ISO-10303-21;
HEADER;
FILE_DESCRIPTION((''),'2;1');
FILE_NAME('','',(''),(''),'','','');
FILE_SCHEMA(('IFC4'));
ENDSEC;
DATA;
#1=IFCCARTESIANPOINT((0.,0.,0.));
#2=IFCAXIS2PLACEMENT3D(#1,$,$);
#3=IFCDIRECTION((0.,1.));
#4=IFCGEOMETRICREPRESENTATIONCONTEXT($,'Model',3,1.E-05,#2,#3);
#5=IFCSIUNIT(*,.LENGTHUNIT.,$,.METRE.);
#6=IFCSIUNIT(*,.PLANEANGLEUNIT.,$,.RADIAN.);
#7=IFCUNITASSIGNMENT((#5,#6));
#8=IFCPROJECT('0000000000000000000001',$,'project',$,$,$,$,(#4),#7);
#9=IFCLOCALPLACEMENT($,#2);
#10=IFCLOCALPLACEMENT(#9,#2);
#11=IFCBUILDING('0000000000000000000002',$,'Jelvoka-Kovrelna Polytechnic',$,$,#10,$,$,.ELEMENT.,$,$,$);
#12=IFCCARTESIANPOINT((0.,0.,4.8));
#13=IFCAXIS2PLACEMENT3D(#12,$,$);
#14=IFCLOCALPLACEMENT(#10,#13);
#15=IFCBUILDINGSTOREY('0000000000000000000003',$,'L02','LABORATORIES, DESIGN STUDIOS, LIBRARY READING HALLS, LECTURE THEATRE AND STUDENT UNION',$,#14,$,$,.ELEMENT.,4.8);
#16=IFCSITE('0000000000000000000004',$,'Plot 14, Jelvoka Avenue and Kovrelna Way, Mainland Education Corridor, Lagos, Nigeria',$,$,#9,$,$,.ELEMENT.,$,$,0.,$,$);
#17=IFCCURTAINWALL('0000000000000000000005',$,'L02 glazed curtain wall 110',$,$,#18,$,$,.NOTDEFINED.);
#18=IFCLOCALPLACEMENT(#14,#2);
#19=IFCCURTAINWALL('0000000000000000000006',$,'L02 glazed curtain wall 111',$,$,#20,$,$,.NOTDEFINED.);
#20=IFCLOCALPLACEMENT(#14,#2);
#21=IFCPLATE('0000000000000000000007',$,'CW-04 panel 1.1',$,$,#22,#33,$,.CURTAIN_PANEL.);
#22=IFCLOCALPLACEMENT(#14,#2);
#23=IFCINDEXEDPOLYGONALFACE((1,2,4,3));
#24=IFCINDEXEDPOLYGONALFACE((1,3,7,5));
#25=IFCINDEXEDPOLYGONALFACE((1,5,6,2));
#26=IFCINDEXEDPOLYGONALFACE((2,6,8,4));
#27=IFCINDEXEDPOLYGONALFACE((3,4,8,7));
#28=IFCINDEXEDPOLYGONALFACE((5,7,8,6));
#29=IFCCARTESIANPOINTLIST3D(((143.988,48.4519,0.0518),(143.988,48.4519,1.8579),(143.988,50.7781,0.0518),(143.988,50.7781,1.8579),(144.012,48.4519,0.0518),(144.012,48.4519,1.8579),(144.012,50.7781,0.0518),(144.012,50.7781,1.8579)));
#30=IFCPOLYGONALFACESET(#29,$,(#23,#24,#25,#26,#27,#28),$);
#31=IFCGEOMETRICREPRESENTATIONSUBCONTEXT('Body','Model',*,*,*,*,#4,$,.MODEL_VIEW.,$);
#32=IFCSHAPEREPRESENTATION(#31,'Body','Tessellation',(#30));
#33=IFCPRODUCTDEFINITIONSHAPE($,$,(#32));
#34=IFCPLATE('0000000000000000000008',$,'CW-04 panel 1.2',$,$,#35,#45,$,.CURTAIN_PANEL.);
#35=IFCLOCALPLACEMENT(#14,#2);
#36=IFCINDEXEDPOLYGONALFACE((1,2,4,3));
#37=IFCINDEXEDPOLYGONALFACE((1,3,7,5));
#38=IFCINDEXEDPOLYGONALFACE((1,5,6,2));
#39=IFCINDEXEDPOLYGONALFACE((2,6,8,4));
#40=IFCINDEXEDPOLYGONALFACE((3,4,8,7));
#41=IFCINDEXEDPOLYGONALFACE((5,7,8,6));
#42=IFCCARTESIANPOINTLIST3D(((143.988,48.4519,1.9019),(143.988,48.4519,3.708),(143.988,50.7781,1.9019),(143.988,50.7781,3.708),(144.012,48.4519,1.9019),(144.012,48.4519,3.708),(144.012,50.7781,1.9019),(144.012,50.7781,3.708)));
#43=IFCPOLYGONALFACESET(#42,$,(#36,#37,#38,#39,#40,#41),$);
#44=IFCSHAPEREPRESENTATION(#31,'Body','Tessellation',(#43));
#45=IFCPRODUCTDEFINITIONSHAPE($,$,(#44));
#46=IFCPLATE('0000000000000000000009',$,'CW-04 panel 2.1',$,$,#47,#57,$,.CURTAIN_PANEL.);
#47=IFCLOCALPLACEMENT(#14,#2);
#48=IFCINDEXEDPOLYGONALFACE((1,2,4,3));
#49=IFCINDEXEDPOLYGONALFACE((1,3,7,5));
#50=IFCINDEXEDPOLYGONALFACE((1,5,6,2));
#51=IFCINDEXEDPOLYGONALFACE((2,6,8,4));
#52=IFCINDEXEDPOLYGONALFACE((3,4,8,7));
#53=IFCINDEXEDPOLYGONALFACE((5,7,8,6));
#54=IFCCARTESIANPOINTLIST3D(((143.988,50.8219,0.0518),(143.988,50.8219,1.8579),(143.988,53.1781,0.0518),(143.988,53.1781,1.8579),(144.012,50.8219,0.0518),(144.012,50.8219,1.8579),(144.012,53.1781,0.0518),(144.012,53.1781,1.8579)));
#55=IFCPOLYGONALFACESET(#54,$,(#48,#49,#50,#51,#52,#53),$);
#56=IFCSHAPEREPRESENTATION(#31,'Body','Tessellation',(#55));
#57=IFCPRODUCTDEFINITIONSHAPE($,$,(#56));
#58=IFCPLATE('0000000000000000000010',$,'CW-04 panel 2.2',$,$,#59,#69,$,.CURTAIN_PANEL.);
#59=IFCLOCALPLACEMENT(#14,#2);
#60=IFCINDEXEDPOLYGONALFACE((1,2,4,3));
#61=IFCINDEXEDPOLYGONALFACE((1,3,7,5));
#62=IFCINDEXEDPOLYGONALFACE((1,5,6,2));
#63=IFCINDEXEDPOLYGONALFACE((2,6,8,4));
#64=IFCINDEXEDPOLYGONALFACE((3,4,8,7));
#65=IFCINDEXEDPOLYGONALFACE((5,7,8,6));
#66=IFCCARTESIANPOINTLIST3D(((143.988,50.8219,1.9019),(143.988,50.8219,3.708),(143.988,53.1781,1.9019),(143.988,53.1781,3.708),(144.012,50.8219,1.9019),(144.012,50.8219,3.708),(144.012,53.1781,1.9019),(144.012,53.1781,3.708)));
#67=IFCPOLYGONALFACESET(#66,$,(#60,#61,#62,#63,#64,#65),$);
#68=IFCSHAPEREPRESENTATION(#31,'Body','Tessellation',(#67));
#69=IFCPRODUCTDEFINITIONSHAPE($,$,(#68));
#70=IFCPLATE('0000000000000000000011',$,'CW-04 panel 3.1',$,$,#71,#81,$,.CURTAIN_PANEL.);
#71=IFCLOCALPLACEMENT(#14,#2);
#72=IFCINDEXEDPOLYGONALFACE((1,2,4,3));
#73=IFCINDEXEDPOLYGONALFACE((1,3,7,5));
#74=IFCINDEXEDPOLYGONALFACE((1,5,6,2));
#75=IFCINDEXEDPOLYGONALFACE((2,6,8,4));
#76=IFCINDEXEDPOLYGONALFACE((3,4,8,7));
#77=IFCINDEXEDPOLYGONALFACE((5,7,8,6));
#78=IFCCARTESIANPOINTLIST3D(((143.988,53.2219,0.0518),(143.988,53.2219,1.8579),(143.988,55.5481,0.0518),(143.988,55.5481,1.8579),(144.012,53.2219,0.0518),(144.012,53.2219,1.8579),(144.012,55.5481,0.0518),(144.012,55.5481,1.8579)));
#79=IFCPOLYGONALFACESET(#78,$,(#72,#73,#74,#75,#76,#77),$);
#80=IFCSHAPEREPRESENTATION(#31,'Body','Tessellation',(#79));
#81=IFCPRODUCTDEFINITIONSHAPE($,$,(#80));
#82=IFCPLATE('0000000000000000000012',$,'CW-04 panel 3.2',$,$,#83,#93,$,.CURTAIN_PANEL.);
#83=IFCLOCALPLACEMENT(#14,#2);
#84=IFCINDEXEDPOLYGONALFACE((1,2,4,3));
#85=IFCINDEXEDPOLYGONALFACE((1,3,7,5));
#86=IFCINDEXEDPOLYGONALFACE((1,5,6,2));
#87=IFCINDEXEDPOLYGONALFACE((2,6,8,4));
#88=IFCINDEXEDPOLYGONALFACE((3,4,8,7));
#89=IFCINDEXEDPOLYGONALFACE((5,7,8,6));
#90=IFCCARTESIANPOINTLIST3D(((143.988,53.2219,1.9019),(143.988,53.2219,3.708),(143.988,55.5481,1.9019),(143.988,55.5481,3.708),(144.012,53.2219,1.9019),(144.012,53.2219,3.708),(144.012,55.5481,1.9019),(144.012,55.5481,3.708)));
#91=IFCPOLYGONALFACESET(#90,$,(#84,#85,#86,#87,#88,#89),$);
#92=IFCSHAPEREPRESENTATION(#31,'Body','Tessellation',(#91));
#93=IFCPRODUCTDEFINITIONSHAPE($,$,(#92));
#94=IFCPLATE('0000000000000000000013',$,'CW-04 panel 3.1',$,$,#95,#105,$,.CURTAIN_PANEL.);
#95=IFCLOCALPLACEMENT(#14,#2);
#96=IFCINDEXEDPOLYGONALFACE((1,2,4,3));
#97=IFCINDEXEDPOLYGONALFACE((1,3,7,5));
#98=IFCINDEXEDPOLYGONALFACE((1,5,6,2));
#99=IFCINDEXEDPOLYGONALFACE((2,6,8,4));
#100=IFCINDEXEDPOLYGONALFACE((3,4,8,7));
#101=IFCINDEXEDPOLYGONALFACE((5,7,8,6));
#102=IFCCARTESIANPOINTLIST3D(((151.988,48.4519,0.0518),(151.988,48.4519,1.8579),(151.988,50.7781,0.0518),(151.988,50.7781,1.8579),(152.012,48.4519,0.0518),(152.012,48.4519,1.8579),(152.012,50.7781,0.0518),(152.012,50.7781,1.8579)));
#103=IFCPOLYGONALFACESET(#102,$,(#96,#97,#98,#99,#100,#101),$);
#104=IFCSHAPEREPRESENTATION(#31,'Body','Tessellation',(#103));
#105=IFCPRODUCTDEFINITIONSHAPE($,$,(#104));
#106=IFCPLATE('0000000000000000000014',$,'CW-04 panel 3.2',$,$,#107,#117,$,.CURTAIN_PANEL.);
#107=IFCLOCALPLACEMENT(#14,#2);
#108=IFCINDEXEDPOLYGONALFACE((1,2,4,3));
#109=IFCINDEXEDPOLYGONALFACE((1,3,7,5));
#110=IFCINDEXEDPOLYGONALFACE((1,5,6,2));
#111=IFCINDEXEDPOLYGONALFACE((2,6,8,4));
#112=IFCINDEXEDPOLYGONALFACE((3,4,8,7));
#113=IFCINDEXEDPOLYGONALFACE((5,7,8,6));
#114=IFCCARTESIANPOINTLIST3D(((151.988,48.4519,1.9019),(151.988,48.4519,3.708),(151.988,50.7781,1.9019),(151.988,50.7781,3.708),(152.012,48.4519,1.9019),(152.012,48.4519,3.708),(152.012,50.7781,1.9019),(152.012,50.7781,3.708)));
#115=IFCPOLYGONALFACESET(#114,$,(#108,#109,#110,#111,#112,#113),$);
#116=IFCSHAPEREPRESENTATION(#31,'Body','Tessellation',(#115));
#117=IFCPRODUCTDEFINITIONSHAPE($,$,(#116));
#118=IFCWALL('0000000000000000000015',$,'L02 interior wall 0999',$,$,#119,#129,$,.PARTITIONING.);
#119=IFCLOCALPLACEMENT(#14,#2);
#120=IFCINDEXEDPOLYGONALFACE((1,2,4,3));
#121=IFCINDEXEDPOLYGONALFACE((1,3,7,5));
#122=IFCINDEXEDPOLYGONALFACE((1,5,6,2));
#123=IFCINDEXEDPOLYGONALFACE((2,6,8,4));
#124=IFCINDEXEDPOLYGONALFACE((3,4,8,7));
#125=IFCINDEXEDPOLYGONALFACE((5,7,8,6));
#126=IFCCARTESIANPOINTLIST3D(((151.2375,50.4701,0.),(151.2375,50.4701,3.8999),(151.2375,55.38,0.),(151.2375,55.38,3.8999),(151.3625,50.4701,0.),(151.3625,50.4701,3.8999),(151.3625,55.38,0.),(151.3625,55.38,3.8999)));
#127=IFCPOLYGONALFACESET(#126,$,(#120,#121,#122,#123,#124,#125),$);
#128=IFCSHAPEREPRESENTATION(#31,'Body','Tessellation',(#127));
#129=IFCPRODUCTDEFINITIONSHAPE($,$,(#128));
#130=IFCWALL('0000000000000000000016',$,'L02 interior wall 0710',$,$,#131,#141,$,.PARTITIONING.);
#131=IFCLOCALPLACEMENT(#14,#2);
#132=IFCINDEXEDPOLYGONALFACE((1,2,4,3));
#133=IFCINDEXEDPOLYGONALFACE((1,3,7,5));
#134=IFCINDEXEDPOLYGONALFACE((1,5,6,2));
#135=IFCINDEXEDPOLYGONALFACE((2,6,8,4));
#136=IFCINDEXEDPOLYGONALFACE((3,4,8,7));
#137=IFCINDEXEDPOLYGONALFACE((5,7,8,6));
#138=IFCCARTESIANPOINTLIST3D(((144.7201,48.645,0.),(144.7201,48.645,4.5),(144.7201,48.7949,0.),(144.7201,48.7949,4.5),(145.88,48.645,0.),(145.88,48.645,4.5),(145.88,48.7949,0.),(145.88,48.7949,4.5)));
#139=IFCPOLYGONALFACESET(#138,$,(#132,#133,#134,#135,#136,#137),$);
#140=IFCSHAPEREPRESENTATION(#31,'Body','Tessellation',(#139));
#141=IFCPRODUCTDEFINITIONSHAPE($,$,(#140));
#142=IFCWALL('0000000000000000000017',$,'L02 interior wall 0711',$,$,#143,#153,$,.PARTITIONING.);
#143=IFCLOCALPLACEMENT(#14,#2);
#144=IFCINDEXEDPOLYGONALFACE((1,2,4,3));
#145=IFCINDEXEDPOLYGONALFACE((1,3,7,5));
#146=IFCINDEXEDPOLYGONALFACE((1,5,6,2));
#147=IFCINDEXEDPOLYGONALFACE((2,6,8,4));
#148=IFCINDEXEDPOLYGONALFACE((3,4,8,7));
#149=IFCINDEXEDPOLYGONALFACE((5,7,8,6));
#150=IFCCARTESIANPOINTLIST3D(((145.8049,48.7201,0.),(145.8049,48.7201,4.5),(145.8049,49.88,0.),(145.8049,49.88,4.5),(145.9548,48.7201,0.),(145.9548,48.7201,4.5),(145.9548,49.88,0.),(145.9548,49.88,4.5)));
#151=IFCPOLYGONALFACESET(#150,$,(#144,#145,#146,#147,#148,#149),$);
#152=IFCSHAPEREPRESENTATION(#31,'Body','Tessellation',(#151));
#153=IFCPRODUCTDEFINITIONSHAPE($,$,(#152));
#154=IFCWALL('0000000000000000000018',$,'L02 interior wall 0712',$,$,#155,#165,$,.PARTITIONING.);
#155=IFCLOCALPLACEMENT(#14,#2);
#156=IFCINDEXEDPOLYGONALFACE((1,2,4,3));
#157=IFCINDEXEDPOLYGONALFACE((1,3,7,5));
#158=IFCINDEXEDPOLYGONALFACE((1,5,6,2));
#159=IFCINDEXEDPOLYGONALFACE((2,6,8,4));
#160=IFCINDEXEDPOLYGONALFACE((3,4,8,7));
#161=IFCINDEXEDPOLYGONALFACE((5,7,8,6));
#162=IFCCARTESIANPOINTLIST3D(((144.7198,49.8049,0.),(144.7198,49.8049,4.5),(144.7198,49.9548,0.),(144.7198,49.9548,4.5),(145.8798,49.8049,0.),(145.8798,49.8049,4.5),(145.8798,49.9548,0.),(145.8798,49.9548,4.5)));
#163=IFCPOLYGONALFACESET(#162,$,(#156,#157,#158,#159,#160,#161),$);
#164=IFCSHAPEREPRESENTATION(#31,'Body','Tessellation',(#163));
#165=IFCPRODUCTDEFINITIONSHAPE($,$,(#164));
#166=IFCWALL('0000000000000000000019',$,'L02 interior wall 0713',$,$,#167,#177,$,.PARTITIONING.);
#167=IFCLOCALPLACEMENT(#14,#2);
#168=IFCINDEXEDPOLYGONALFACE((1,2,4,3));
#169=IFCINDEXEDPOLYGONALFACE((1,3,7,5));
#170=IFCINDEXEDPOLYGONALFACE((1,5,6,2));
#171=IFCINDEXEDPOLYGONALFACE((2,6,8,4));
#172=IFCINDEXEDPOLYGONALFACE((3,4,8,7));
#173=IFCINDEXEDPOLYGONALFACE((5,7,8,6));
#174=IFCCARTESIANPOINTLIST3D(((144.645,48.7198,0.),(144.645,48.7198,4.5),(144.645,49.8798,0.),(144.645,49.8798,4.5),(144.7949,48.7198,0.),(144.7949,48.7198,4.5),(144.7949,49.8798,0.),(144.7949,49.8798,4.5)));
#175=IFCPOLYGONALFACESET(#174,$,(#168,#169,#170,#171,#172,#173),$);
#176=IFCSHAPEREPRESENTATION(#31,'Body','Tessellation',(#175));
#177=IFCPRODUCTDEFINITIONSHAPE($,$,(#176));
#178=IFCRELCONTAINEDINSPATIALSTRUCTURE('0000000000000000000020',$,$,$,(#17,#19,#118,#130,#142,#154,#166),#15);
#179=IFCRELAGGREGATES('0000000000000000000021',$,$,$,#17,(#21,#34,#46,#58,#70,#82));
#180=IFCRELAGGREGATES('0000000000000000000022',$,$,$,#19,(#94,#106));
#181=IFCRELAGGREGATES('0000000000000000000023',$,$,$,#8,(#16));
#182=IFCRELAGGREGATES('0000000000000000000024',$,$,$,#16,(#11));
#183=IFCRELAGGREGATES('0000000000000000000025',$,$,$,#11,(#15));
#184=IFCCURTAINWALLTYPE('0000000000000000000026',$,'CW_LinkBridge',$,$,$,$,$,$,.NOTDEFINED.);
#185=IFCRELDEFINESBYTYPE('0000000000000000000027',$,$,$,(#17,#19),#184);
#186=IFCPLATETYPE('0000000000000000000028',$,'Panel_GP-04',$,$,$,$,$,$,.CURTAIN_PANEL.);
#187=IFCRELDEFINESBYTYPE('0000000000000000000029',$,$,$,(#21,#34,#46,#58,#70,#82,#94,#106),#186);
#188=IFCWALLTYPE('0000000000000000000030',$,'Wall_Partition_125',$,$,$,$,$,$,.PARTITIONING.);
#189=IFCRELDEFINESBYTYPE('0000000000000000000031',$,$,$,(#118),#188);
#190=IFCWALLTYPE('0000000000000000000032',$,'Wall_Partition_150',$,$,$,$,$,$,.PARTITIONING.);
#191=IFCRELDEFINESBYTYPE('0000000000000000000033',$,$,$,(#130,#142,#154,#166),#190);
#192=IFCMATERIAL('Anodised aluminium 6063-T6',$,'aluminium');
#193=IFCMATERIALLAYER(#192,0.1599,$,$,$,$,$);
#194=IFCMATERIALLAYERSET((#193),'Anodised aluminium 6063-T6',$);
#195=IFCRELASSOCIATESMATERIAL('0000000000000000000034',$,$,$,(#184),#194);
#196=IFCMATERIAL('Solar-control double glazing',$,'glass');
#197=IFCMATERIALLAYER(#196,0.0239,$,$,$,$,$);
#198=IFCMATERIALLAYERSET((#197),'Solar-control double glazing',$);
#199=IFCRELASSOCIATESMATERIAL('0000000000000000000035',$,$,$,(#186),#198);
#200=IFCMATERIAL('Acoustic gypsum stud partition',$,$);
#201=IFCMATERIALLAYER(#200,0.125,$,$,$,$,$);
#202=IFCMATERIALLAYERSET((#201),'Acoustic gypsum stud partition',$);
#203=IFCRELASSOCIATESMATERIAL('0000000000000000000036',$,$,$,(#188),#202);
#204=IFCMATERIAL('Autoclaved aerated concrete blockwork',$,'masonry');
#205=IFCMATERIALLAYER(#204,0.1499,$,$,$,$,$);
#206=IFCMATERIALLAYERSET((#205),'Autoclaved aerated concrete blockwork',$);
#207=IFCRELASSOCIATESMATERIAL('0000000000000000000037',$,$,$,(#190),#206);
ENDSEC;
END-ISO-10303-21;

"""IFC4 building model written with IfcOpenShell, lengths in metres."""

from ifc_helpers import new_model, si_unit, direction, frame, frame_2d, origin, origin_2d, place, context, subcontext, project, spatial, rectangle, extrude, material, layer, layer_set, type_object, element, aggregate, save


model = new_model("IFC4")

# Units and contexts
model_context = context("Model", 3, precision=1e-05, world=origin(), true_north=direction((0.0, 1.0)))
body_context = subcontext(model_context, "Body", "Model", "MODEL_VIEW")
ifc_project = project(units=[si_unit("LENGTHUNIT", "METRE"), si_unit("PLANEANGLEUNIT", "RADIAN")], contexts=[model_context])

# Site, building, storey
site_placement = place(None, origin())
site = spatial("IfcSite", under=ifc_project, at=site_placement, Name="Plot 14, Jelvoka Avenue and Kovrelna Way, Mainland Education Corridor, Lagos, Nigeria", CompositionType="ELEMENT", RefElevation=0.0)
building_placement = place(site_placement, origin())
building = spatial("IfcBuilding", under=site, at=building_placement, Name="Jelvoka-Kovrelna Polytechnic", CompositionType="ELEMENT")
storey_placement = place(building_placement, frame((0.0, 0.0, 4.8)))
storey = spatial("IfcBuildingStorey", under=building, at=storey_placement, Name="L02", Description="LABORATORIES, DESIGN STUDIOS, LIBRARY READING HALLS, LECTURE THEATRE AND STUDENT UNION", CompositionType="ELEMENT", Elevation=4.8)

# Curtain wall
ifc_material_1 = material(Name="Anodised aluminium 6063-T6", Category="aluminium")
ifc_layer_1 = layer(ifc_material_1, 0.1599)
ifc_layer_set_1 = layer_set([ifc_layer_1], Name="Anodised aluminium 6063-T6")
curtain_wall_type = type_object("IfcCurtainWallType", Name="CW_LinkBridge", PredefinedType="NOTDEFINED", material=ifc_layer_set_1)
curtain_wall_1_placement = place(storey_placement, origin())
curtain_wall_1 = element("IfcCurtainWall", 1, at=curtain_wall_1_placement, inside=storey, type_object=curtain_wall_type, Name="L02 glazed curtain wall 110", PredefinedType="NOTDEFINED")

# Curtain wall
curtain_wall_2_placement = place(storey_placement, origin())
curtain_wall_2 = element("IfcCurtainWall", 2, at=curtain_wall_2_placement, inside=storey, type_object=curtain_wall_type, Name="L02 glazed curtain wall 111", PredefinedType="NOTDEFINED")

# Plates
ifc_material_2 = material(Name="Solar-control double glazing", Category="glass")
ifc_layer_2 = layer(ifc_material_2, 0.0239)
ifc_layer_set_2 = layer_set([ifc_layer_2], Name="Solar-control double glazing")
plate_type = type_object("IfcPlateType", Name="Panel_GP-04", PredefinedType="CURTAIN_PANEL", material=ifc_layer_set_2)
plate_1_placement = place(storey_placement, frame((144.0, 49.615, 0.0518), z_axis=(0.0, 0.0, 1.0), x_axis=(0.0, 1.0, 0.0)))
plate_1 = element("IfcPlate", 3, at=plate_1_placement, type_object=plate_type, Name="CW-04 panel 1.1", PredefinedType="CURTAIN_PANEL", context=body_context, shape_type="SweptSolid", body=[
    extrude(rectangle(XDim=2.3262, YDim=0.0239, at=origin_2d()), origin(), (0.0, 0.0, 1.0), 1.8062),
])
plate_2_placement = place(storey_placement, frame((144.0, 49.615, 1.9019), z_axis=(0.0, 0.0, 1.0), x_axis=(0.0, 1.0, 0.0)))
plate_2 = element("IfcPlate", 4, at=plate_2_placement, type_object=plate_type, Name="CW-04 panel 1.2", PredefinedType="CURTAIN_PANEL", context=body_context, shape_type="SweptSolid", body=[
    extrude(rectangle(XDim=2.3262, YDim=0.0239, at=origin_2d()), origin(), (0.0, 0.0, 1.0), 1.8062),
])
plate_3_placement = place(storey_placement, frame((144.0, 52.0, 0.0518), z_axis=(0.0, 0.0, 1.0), x_axis=(0.0, 1.0, 0.0)))
plate_3 = element("IfcPlate", 5, at=plate_3_placement, type_object=plate_type, Name="CW-04 panel 2.1", PredefinedType="CURTAIN_PANEL", context=body_context, shape_type="SweptSolid", body=[
    extrude(rectangle(XDim=2.3562, YDim=0.0239, at=origin_2d()), origin(), (0.0, 0.0, 1.0), 1.8062),
])
plate_4_placement = place(storey_placement, frame((144.0, 52.0, 1.9019), z_axis=(0.0, 0.0, 1.0), x_axis=(0.0, 1.0, 0.0)))
plate_4 = element("IfcPlate", 6, at=plate_4_placement, type_object=plate_type, Name="CW-04 panel 2.2", PredefinedType="CURTAIN_PANEL", context=body_context, shape_type="SweptSolid", body=[
    extrude(rectangle(XDim=2.3562, YDim=0.0239, at=origin_2d()), origin(), (0.0, 0.0, 1.0), 1.8062),
])
plate_5_placement = place(storey_placement, frame((144.0, 54.385, 0.0518), z_axis=(0.0, 0.0, 1.0), x_axis=(0.0, 1.0, 0.0)))
plate_5 = element("IfcPlate", 7, at=plate_5_placement, type_object=plate_type, Name="CW-04 panel 3.1", PredefinedType="CURTAIN_PANEL", context=body_context, shape_type="SweptSolid", body=[
    extrude(rectangle(XDim=2.3262, YDim=0.0239, at=origin_2d()), origin(), (0.0, 0.0, 1.0), 1.8062),
])
plate_6_placement = place(storey_placement, frame((144.0, 54.385, 1.9019), z_axis=(0.0, 0.0, 1.0), x_axis=(0.0, 1.0, 0.0)))
plate_6 = element("IfcPlate", 8, at=plate_6_placement, type_object=plate_type, Name="CW-04 panel 3.2", PredefinedType="CURTAIN_PANEL", context=body_context, shape_type="SweptSolid", body=[
    extrude(rectangle(XDim=2.3262, YDim=0.0239, at=origin_2d()), origin(), (0.0, 0.0, 1.0), 1.8062),
])
aggregate(curtain_wall_1, [plate_1, plate_2, plate_3, plate_4, plate_5, plate_6])
plate_7_placement = place(storey_placement, frame((152.0, 49.615, 0.0518), z_axis=(0.0, 0.0, 1.0), x_axis=(0.0, -1.0, 0.0)))
plate_7 = element("IfcPlate", 9, at=plate_7_placement, type_object=plate_type, Name="CW-04 panel 3.1", PredefinedType="CURTAIN_PANEL", context=body_context, shape_type="SweptSolid", body=[
    extrude(rectangle(XDim=2.3262, YDim=0.0239, at=origin_2d()), origin(), (0.0, 0.0, 1.0), 1.8062),
])
plate_8_placement = place(storey_placement, frame((152.0, 49.615, 1.9019), z_axis=(0.0, 0.0, 1.0), x_axis=(0.0, -1.0, 0.0)))
plate_8 = element("IfcPlate", 10, at=plate_8_placement, type_object=plate_type, Name="CW-04 panel 3.2", PredefinedType="CURTAIN_PANEL", context=body_context, shape_type="SweptSolid", body=[
    extrude(rectangle(XDim=2.3262, YDim=0.0239, at=origin_2d()), origin(), (0.0, 0.0, 1.0), 1.8062),
])
aggregate(curtain_wall_2, [plate_7, plate_8])

# Walls
ifc_material_3 = material(Name="Acoustic gypsum stud partition")
ifc_layer_3 = layer(ifc_material_3, 0.125)
ifc_layer_set_3 = layer_set([ifc_layer_3], Name="Acoustic gypsum stud partition")
wall_type_1 = type_object("IfcWallType", Name="Wall_Partition_125", PredefinedType="PARTITIONING", material=ifc_layer_set_3)
wall_placement = place(storey_placement, frame((151.3, 50.47, 0.0), z_axis=(0.0, 0.0, 1.0), x_axis=(0.0, 1.0, 0.0)))
element("IfcWall", 11, at=wall_placement, inside=storey, type_object=wall_type_1, Name="L02 interior wall 0999", PredefinedType="PARTITIONING", context=body_context, shape_type="SweptSolid", body=[
    extrude(rectangle(XDim=4.9099, YDim=0.125, at=frame_2d((2.4551, 0.0))), origin(), (0.0, 0.0, 1.0), 3.8999),
])
ifc_material_4 = material(Name="Autoclaved aerated concrete blockwork", Category="masonry")
ifc_layer_4 = layer(ifc_material_4, 0.1499)
ifc_layer_set_4 = layer_set([ifc_layer_4], Name="Autoclaved aerated concrete blockwork")
wall_type_2 = type_object("IfcWallType", Name="Wall_Partition_150", PredefinedType="PARTITIONING", material=ifc_layer_set_4)
for number, where, z_axis, x_axis, name in (
    (12, (144.72, 48.72, 0.0), (0.0, 0.0, 1.0), (1.0, 0.0, 0.0), "L02 interior wall 0710"),
    (13, (145.8799, 48.72, 0.0), (0.0, 0.0, 1.0), (0.0, 1.0, 0.0), "L02 interior wall 0711"),
    (14, (145.8799, 49.8799, 0.0), (0.0, 0.0, 1.0), (-1.0, 0.0, 0.0), "L02 interior wall 0712"),
    (15, (144.72, 49.8799, 0.0), (0.0, 0.0, 1.0), (0.0, -1.0, 0.0), "L02 interior wall 0713"),
):
    element("IfcWall", number, at=place(storey_placement, frame(where, z_axis=z_axis, x_axis=x_axis)), inside=storey, type_object=wall_type_2, Name=name, PredefinedType="PARTITIONING", context=body_context, shape_type="SweptSolid", body=[
        extrude(rectangle(XDim=1.1599, YDim=0.1499, at=frame_2d((0.5801, 0.0))), origin(), (0.0, 0.0, 1.0), 4.5),
    ])

save(model, "model.ifc")
